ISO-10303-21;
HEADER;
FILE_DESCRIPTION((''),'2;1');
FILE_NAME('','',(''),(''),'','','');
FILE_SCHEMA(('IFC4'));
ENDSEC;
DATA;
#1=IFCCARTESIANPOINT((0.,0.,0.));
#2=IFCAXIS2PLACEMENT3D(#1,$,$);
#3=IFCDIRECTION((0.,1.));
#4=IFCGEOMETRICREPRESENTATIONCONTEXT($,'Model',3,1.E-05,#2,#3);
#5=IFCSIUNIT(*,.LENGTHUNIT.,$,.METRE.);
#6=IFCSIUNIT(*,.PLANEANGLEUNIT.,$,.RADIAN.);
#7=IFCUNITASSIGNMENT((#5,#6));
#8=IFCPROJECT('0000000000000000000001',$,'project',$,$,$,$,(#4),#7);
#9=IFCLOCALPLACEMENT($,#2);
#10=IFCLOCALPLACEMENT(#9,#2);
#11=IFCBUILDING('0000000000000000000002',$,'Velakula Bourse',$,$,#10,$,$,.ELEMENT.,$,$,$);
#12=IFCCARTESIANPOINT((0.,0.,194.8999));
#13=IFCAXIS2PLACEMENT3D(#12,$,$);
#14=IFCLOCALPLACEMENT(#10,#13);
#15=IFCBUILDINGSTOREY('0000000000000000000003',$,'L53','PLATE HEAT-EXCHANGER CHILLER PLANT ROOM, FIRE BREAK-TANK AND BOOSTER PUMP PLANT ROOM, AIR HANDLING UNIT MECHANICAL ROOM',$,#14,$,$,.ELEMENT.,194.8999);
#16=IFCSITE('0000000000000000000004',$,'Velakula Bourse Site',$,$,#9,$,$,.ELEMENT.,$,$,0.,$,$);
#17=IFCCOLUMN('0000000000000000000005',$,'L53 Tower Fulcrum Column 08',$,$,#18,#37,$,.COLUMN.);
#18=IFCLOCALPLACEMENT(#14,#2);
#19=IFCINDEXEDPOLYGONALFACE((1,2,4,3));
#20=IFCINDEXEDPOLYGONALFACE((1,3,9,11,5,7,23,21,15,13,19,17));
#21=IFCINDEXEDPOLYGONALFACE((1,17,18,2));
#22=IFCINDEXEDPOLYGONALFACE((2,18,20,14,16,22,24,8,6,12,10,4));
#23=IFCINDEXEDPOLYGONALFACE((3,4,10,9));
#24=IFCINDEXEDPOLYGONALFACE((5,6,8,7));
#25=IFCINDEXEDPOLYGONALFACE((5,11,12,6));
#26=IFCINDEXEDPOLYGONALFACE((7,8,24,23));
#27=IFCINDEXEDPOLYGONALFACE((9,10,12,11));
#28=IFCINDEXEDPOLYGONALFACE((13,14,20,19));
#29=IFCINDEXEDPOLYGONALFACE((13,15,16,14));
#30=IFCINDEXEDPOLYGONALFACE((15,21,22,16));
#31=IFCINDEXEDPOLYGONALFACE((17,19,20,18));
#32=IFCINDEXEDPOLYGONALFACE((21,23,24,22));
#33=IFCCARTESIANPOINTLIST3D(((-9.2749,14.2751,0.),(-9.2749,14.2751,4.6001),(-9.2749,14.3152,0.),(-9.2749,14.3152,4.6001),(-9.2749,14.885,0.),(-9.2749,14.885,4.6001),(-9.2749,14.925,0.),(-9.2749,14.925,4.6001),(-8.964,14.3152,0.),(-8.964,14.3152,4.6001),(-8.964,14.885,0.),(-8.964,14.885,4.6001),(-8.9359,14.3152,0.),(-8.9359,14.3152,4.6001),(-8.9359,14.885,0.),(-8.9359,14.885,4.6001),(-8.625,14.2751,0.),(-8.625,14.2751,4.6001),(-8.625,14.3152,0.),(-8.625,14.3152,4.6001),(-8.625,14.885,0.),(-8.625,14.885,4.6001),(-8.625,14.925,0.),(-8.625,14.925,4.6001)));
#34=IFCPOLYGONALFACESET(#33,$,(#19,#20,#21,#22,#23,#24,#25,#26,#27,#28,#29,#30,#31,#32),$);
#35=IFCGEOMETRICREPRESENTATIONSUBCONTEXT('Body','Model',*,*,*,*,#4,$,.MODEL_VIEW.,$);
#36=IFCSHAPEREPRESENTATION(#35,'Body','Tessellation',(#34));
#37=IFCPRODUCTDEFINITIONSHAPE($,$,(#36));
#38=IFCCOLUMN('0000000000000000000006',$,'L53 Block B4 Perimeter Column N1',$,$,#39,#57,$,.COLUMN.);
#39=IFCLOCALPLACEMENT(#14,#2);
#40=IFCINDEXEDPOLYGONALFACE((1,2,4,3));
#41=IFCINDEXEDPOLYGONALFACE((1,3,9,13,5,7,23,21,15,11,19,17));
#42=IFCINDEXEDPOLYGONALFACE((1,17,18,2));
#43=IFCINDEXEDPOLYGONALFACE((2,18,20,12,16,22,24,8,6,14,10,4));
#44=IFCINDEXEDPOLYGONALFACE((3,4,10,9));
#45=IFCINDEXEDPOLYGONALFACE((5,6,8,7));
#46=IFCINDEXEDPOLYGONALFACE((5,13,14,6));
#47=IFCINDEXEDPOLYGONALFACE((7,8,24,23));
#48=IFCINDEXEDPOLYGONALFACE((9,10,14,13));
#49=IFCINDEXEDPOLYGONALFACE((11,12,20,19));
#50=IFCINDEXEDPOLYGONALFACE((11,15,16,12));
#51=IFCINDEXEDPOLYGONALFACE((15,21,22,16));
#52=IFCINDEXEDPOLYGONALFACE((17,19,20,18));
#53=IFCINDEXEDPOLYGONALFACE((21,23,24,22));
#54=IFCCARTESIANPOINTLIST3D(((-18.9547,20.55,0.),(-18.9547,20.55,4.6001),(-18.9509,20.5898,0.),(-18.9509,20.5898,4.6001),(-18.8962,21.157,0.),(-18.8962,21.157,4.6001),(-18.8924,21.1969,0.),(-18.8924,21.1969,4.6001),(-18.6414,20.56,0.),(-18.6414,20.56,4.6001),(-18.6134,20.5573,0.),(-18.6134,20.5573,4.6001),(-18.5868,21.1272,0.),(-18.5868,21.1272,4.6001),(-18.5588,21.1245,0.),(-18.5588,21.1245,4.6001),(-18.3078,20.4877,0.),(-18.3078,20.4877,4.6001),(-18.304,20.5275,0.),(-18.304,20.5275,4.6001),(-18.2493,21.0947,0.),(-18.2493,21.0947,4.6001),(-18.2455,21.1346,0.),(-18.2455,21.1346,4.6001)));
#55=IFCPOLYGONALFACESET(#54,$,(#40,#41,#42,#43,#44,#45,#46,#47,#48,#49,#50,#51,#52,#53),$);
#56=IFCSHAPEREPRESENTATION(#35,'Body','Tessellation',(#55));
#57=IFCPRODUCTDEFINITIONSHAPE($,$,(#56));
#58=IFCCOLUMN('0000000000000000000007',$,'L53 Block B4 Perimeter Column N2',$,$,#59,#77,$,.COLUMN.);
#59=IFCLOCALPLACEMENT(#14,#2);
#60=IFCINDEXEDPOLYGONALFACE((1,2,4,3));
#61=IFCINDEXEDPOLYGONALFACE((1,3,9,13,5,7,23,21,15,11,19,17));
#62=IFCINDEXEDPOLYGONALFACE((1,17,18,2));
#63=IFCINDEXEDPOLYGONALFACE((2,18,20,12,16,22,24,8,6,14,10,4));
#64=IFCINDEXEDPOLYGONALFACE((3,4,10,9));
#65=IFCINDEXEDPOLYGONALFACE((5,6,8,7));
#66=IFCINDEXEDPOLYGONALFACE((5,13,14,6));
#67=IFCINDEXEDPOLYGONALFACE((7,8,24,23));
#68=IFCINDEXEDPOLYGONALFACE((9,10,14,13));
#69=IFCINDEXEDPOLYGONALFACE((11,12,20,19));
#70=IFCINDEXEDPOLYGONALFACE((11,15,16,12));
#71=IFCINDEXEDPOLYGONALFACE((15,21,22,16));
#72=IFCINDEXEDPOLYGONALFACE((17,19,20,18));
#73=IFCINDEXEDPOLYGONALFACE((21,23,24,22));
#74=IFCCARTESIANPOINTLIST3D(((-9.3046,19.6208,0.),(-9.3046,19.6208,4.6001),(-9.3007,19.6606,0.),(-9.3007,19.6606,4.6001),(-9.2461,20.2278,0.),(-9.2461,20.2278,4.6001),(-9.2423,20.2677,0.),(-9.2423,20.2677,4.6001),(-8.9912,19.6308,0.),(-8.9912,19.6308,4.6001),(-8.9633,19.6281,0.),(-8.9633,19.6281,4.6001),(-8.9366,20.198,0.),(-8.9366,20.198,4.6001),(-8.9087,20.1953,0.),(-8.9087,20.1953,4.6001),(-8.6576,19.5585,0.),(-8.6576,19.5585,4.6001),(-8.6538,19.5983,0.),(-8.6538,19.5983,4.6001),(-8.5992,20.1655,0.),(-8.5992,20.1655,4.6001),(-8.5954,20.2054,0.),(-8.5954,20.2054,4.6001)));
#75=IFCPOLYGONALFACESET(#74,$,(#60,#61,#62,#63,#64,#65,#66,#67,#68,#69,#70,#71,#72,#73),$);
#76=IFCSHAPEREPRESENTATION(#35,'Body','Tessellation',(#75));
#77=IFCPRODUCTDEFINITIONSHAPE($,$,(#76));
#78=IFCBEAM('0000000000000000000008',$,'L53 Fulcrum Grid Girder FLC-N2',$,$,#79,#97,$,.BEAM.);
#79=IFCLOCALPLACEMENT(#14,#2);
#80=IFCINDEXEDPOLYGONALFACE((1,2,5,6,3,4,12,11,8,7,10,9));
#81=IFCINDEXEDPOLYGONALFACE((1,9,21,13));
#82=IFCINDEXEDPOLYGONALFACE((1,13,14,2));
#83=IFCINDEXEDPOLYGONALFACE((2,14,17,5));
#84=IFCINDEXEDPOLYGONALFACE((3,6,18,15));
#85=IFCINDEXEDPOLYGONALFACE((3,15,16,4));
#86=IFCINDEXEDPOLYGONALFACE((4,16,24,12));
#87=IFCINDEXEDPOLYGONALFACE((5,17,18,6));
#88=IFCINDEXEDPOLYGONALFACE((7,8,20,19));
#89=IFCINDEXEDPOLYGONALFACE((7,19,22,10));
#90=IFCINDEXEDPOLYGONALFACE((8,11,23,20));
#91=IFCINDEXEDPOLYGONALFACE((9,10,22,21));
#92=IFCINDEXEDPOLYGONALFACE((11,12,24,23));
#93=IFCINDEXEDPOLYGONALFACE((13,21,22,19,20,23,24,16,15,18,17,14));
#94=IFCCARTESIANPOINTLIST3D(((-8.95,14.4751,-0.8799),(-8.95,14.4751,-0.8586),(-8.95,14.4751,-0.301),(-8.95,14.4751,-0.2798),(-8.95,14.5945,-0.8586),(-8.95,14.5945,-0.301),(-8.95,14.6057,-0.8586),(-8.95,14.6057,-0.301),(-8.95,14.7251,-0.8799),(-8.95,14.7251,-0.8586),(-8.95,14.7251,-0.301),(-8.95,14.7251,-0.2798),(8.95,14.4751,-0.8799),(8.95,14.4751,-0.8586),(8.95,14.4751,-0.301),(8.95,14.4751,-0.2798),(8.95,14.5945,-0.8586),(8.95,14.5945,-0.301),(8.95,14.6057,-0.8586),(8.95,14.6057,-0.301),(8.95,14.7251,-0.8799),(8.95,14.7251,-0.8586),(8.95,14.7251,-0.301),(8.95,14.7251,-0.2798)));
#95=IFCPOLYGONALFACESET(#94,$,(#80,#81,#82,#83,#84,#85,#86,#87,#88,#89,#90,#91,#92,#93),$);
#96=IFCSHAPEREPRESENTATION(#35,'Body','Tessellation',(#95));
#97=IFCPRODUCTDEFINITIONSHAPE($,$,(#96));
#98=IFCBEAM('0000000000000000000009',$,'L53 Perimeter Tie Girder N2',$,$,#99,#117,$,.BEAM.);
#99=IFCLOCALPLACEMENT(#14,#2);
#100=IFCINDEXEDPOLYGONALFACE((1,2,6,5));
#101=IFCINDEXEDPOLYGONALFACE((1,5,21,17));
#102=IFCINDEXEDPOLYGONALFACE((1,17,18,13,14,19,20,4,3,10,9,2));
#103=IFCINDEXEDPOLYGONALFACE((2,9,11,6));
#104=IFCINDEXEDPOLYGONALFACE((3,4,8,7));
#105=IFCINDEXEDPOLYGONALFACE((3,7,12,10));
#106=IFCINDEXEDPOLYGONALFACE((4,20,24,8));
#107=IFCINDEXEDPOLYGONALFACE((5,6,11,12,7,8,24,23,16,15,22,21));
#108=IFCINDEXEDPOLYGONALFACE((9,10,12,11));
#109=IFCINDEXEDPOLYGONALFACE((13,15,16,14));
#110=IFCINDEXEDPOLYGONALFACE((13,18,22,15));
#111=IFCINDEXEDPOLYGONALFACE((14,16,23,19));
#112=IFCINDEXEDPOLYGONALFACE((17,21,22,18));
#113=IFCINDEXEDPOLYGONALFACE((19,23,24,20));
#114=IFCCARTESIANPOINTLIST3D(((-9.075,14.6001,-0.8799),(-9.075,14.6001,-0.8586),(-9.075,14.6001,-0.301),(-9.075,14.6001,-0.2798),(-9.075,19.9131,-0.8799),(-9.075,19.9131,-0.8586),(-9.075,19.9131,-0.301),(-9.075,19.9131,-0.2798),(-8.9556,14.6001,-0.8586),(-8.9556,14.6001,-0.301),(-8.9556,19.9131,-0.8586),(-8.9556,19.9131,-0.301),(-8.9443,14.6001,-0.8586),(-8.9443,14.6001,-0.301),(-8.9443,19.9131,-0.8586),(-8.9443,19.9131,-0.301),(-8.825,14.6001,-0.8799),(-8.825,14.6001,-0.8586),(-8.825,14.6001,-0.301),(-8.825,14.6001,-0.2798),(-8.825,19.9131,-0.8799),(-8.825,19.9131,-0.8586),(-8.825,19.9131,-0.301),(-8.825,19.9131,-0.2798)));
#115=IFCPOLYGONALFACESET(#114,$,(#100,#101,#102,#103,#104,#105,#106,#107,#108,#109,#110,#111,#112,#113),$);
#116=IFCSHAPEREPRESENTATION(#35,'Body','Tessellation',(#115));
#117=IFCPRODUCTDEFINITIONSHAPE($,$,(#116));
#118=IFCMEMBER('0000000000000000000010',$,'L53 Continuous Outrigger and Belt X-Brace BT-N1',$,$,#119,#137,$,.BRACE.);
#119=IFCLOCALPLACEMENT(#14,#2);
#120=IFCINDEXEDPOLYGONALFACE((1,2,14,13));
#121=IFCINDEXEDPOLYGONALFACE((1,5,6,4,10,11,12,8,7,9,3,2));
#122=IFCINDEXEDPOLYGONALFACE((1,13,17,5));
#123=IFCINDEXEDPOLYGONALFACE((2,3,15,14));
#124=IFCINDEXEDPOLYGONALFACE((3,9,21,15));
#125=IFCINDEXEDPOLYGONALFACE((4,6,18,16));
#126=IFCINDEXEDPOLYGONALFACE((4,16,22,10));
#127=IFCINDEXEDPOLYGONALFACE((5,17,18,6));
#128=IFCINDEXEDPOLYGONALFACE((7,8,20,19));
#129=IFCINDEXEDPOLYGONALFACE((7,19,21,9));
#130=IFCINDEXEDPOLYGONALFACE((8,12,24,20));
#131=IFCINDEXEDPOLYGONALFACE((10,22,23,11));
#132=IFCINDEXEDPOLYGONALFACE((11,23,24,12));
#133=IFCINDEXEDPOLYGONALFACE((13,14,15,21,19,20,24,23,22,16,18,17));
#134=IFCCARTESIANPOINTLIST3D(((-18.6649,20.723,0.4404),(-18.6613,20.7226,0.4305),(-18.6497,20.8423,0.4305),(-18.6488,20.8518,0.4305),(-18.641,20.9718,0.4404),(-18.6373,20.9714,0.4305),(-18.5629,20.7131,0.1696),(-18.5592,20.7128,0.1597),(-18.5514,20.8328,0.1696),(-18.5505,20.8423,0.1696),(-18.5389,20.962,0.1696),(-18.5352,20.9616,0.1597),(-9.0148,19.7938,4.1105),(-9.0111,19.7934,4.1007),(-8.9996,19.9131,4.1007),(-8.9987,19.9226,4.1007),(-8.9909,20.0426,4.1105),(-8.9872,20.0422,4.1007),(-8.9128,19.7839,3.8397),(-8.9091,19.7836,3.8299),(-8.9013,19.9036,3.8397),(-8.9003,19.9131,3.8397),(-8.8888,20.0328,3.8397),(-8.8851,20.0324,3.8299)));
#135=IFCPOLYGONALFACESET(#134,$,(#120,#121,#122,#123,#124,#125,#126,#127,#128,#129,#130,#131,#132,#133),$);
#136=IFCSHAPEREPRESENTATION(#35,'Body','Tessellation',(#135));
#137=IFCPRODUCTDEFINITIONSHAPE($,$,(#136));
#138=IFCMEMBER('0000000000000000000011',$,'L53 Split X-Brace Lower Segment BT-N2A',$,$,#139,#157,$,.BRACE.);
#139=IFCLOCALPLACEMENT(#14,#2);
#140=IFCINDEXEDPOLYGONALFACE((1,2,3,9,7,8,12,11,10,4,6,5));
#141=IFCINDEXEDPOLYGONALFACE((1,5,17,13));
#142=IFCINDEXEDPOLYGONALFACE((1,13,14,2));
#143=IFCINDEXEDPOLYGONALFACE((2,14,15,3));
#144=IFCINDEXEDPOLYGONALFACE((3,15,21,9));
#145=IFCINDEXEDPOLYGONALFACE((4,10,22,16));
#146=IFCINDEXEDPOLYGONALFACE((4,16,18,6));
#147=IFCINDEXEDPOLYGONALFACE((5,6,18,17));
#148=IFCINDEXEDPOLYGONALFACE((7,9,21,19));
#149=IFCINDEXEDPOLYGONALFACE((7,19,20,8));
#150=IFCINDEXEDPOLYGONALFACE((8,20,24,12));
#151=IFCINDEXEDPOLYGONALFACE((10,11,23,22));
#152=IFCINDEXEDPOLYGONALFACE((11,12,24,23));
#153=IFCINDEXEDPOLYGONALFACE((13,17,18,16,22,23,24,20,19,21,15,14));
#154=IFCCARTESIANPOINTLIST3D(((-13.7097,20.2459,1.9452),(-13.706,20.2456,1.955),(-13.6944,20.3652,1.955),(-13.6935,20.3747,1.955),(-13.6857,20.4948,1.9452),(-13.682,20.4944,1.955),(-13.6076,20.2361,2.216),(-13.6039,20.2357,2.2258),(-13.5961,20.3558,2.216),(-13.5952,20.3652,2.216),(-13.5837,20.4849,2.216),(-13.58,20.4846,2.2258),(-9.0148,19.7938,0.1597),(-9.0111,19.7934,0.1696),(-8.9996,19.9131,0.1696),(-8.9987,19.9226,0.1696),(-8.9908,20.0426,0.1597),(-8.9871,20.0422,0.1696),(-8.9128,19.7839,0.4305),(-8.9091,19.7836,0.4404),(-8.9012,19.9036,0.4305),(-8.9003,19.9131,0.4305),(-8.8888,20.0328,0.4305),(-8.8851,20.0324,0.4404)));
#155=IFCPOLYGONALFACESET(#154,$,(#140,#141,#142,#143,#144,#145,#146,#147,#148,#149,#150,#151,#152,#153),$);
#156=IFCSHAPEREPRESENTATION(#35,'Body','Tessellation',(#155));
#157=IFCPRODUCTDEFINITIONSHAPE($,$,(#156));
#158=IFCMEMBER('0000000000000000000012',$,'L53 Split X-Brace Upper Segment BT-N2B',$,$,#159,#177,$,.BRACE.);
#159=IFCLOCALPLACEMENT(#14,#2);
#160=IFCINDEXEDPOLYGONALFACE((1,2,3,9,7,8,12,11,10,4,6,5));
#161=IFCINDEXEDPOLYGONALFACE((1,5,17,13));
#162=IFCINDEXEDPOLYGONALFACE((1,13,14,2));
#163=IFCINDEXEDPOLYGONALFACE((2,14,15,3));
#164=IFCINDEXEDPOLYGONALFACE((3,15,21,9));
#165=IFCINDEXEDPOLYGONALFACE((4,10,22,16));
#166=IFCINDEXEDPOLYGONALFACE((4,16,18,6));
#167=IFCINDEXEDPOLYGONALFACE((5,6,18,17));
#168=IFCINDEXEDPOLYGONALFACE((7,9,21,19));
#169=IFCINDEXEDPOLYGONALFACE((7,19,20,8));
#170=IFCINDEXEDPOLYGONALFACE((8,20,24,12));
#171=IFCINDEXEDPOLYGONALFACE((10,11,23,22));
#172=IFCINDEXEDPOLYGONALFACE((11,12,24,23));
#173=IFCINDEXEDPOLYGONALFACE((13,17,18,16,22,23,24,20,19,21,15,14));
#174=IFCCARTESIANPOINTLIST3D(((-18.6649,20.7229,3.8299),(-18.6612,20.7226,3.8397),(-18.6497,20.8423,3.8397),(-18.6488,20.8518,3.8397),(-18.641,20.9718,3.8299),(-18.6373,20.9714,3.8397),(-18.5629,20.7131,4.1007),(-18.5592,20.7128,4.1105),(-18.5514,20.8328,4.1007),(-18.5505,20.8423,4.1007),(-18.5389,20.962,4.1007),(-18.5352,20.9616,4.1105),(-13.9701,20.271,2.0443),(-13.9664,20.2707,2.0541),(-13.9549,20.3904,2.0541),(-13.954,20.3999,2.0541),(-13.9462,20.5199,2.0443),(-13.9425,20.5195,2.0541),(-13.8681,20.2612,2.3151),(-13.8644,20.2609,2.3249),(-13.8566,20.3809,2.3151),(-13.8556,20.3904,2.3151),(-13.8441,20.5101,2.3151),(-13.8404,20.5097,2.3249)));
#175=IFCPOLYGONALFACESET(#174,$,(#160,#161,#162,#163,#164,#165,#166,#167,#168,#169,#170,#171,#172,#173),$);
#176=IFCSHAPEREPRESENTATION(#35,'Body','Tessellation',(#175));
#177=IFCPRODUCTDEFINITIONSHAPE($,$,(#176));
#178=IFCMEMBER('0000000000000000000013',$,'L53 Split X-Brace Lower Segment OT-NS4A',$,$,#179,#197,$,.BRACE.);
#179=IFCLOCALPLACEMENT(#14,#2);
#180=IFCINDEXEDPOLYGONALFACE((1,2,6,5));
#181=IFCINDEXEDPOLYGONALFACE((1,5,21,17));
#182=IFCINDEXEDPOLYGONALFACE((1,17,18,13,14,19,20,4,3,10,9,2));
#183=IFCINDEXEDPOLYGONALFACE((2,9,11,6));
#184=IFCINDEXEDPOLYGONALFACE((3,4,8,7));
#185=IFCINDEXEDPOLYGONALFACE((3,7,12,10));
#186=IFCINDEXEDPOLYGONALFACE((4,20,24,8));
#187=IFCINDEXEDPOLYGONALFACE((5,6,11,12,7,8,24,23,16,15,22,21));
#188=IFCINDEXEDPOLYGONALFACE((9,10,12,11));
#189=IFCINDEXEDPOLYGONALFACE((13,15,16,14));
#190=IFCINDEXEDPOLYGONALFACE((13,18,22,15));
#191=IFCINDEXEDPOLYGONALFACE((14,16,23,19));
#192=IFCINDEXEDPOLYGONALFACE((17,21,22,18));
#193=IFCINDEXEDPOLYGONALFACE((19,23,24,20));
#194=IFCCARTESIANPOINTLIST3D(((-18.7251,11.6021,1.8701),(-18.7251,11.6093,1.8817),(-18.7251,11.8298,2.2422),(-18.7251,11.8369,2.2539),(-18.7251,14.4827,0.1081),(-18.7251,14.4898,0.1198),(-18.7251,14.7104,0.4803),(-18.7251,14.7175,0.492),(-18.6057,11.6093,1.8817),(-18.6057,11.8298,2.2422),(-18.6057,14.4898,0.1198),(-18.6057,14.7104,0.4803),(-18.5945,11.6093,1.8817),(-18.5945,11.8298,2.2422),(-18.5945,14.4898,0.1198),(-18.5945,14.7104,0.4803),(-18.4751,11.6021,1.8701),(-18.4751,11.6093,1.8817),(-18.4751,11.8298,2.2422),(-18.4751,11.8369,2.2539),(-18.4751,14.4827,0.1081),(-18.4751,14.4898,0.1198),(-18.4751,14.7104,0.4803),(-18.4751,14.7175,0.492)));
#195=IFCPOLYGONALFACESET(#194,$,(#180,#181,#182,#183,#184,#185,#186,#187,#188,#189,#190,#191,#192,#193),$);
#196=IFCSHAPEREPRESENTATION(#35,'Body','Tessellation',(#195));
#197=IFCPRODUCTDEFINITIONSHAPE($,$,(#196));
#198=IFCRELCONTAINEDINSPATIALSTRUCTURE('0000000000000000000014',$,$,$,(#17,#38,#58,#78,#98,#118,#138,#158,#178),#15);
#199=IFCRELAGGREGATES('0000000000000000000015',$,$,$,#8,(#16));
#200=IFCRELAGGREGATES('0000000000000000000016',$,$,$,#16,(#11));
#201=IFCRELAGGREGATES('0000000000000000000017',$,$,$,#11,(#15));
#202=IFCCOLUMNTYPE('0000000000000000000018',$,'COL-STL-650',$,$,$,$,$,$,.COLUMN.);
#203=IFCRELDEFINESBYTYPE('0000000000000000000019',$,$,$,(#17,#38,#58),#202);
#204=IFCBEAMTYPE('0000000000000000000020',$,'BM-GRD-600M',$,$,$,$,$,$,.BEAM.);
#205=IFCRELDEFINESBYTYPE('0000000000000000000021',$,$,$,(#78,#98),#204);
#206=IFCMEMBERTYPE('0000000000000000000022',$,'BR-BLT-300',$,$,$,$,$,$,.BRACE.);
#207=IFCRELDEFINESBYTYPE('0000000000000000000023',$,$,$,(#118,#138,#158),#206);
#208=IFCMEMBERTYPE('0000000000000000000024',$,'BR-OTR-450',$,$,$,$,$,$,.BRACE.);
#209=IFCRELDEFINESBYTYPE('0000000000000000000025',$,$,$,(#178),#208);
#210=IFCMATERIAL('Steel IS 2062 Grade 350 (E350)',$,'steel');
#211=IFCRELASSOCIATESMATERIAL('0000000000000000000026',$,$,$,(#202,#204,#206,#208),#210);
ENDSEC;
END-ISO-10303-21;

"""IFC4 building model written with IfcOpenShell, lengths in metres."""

from ifc_helpers import new_model, si_unit, direction, frame, origin, origin_2d, place, context, subcontext, project, spatial, i_section, extrude, material, material_profile, profile_set, type_object, element, save


model = new_model("IFC4")

# Units and contexts
model_context = context("Model", 3, precision=1e-05, world=origin(), true_north=direction((0.0, 1.0)))
body_context = subcontext(model_context, "Body", "Model", "MODEL_VIEW")
ifc_project = project(units=[si_unit("LENGTHUNIT", "METRE"), si_unit("PLANEANGLEUNIT", "RADIAN")], contexts=[model_context])

# Site, building, storey
site_placement = place(None, origin())
site = spatial("IfcSite", under=ifc_project, at=site_placement, Name="Velakula Bourse Site", CompositionType="ELEMENT", RefElevation=0.0)
building_placement = place(site_placement, origin())
building = spatial("IfcBuilding", under=site, at=building_placement, Name="Velakula Bourse", CompositionType="ELEMENT")
storey_placement = place(building_placement, frame((0.0, 0.0, 194.8999)))
storey = spatial("IfcBuildingStorey", under=building, at=storey_placement, Name="L53", Description="PLATE HEAT-EXCHANGER CHILLER PLANT ROOM, FIRE BREAK-TANK AND BOOSTER PUMP PLANT ROOM, AIR HANDLING UNIT MECHANICAL ROOM", CompositionType="ELEMENT", Elevation=194.8999)

# Columns
ifc_material_1 = material(Name="Steel IS 2062 Grade 350 (E350)", Category="steel")
ifc_material_profile_1 = material_profile(ifc_material_1, i_section(OverallWidth=0.6499, OverallDepth=0.6499, WebThickness=0.0281, FlangeThickness=0.04, at=origin_2d()), Name="Steel IS 2062 Grade 350 (E350)")
ifc_profile_set_1 = profile_set([ifc_material_profile_1], Name="Steel IS 2062 Grade 350 (E350)")
column_type = type_object("IfcColumnType", Name="COL-STL-650", PredefinedType="COLUMN", material=ifc_profile_set_1)
for number, where, z_axis, x_axis, name in (
    (1, (-8.95, 14.6001, 0.0), (0.0, 0.0, 1.0), (1.0, 0.0, 0.0), "L53 Tower Fulcrum Column 08"),
    (2, (-18.6001, 20.8423, 0.0), (0.0, 0.0, 1.0), (0.995396, -0.095846, 0.0), "L53 Block B4 Perimeter Column N1"),
    (3, (-8.95, 19.9131, 0.0), (0.0, 0.0, 1.0), (0.995396, -0.095846, 0.0), "L53 Block B4 Perimeter Column N2"),
):
    element("IfcColumn", number, at=place(storey_placement, frame(where, z_axis=z_axis, x_axis=x_axis)), inside=storey, type_object=column_type, Name=name, PredefinedType="COLUMN", context=body_context, shape_type="SweptSolid", body=[
        extrude(i_section(OverallWidth=0.6499, OverallDepth=0.6499, WebThickness=0.0281, FlangeThickness=0.04, at=origin_2d()), origin(), (0.0, 0.0, 1.0), 4.6001),
    ])

# Beams
ifc_material_profile_2 = material_profile(ifc_material_1, i_section(OverallWidth=0.25, OverallDepth=0.6001, WebThickness=0.0112, FlangeThickness=0.0212, at=origin_2d()), Name="Steel IS 2062 Grade 350 (E350)")
ifc_profile_set_2 = profile_set([ifc_material_profile_2], Name="Steel IS 2062 Grade 350 (E350)")
beam_type_1 = type_object("IfcBeamType", Name="BM-GRD-600M", PredefinedType="BEAM", material=ifc_profile_set_2)
beam_1_placement = place(storey_placement, frame((-8.95, 14.6001, -0.5798), z_axis=(1.0, 0.0, 0.0), x_axis=(0.0, 1.0, 0.0)))
element("IfcBeam", 4, at=beam_1_placement, inside=storey, type_object=beam_type_1, Name="L53 Fulcrum Grid Girder FLC-N2", PredefinedType="BEAM", context=body_context, shape_type="SweptSolid", body=[
    extrude(i_section(OverallWidth=0.25, OverallDepth=0.6001, WebThickness=0.0112, FlangeThickness=0.0212, at=origin_2d()), origin(), (0.0, 0.0, 1.0), 17.8999),
])
beam_2_placement = place(storey_placement, frame((-8.95, 14.6001, -0.5798), z_axis=(0.0, 1.0, 0.0), x_axis=(-1.0, 0.0, 0.0)))
element("IfcBeam", 5, at=beam_2_placement, inside=storey, type_object=beam_type_1, Name="L53 Perimeter Tie Girder N2", PredefinedType="BEAM", context=body_context, shape_type="SweptSolid", body=[
    extrude(i_section(OverallWidth=0.25, OverallDepth=0.6001, WebThickness=0.0112, FlangeThickness=0.0212, at=origin_2d()), origin(), (0.0, 0.0, 1.0), 5.313),
])

# Members
ifc_material_profile_3 = material_profile(ifc_material_1, i_section(OverallWidth=0.25, OverallDepth=0.3, WebThickness=0.0095, FlangeThickness=0.0105, at=origin_2d()), Name="Steel IS 2062 Grade 350 (E350)")
ifc_profile_set_3 = profile_set([ifc_material_profile_3], Name="Steel IS 2062 Grade 350 (E350)")
member_type_1 = type_object("IfcMemberType", Name="BR-BLT-300", PredefinedType="BRACE", material=ifc_profile_set_3)
member_1_placement = place(storey_placement, frame((-18.6001, 20.8423, 0.3), z_axis=(0.930921, -0.089637, 0.35405), x_axis=(0.095845, 0.995396, 0.0)))
element("IfcMember", 6, at=member_1_placement, inside=storey, type_object=member_type_1, Name="L53 Continuous Outrigger and Belt X-Brace BT-N1", PredefinedType="BRACE", context=body_context, shape_type="SweptSolid", body=[
    extrude(i_section(OverallWidth=0.25, OverallDepth=0.3, WebThickness=0.0095, FlangeThickness=0.0105, at=origin_2d()), origin(), (0.0, 0.0, 1.0), 10.3662),
])
for number, where, z_axis, x_axis, name in (
    (7, (-8.95, 19.9131, 0.3), (-0.930929, 0.089656, 0.354024), (-0.095864, -0.995394, 0.0), "L53 Split X-Brace Lower Segment BT-N2A"),
    (8, (-13.9053, 20.3904, 2.1846), (-0.930917, 0.089606, 0.354068), (-0.095813, -0.995399, 0.0), "L53 Split X-Brace Upper Segment BT-N2B"),
):
    element("IfcMember", number, at=place(storey_placement, frame(where, z_axis=z_axis, x_axis=x_axis)), inside=storey, type_object=member_type_1, Name=name, PredefinedType="BRACE", context=body_context, shape_type="SweptSolid", body=[
        extrude(i_section(OverallWidth=0.25, OverallDepth=0.3, WebThickness=0.0095, FlangeThickness=0.0105, at=origin_2d()), origin(), (0.0, 0.0, 1.0), 5.0432),
    ])
ifc_material_profile_4 = material_profile(ifc_material_1, i_section(OverallWidth=0.25, OverallDepth=0.45, WebThickness=0.0112, FlangeThickness=0.0137, at=origin_2d()), Name="Steel IS 2062 Grade 350 (E350)")
ifc_profile_set_4 = profile_set([ifc_material_profile_4], Name="Steel IS 2062 Grade 350 (E350)")
member_type_2 = type_object("IfcMemberType", Name="BR-OTR-450", PredefinedType="BRACE", material=ifc_profile_set_4)
member_2_placement = place(storey_placement, frame((-18.6001, 14.6001, 0.3), z_axis=(0.0, -0.853073, 0.521792), x_axis=(1.0, 0.0, 0.0)))
element("IfcMember", 9, at=member_2_placement, inside=storey, type_object=member_type_2, Name="L53 Split X-Brace Lower Segment OT-NS4A", PredefinedType="BRACE", context=body_context, shape_type="SweptSolid", body=[
    extrude(i_section(OverallWidth=0.25, OverallDepth=0.45, WebThickness=0.0112, FlangeThickness=0.0137, at=origin_2d()), origin(), (0.0, 0.0, 1.0), 3.3767),
])

save(model, "model.ifc")
